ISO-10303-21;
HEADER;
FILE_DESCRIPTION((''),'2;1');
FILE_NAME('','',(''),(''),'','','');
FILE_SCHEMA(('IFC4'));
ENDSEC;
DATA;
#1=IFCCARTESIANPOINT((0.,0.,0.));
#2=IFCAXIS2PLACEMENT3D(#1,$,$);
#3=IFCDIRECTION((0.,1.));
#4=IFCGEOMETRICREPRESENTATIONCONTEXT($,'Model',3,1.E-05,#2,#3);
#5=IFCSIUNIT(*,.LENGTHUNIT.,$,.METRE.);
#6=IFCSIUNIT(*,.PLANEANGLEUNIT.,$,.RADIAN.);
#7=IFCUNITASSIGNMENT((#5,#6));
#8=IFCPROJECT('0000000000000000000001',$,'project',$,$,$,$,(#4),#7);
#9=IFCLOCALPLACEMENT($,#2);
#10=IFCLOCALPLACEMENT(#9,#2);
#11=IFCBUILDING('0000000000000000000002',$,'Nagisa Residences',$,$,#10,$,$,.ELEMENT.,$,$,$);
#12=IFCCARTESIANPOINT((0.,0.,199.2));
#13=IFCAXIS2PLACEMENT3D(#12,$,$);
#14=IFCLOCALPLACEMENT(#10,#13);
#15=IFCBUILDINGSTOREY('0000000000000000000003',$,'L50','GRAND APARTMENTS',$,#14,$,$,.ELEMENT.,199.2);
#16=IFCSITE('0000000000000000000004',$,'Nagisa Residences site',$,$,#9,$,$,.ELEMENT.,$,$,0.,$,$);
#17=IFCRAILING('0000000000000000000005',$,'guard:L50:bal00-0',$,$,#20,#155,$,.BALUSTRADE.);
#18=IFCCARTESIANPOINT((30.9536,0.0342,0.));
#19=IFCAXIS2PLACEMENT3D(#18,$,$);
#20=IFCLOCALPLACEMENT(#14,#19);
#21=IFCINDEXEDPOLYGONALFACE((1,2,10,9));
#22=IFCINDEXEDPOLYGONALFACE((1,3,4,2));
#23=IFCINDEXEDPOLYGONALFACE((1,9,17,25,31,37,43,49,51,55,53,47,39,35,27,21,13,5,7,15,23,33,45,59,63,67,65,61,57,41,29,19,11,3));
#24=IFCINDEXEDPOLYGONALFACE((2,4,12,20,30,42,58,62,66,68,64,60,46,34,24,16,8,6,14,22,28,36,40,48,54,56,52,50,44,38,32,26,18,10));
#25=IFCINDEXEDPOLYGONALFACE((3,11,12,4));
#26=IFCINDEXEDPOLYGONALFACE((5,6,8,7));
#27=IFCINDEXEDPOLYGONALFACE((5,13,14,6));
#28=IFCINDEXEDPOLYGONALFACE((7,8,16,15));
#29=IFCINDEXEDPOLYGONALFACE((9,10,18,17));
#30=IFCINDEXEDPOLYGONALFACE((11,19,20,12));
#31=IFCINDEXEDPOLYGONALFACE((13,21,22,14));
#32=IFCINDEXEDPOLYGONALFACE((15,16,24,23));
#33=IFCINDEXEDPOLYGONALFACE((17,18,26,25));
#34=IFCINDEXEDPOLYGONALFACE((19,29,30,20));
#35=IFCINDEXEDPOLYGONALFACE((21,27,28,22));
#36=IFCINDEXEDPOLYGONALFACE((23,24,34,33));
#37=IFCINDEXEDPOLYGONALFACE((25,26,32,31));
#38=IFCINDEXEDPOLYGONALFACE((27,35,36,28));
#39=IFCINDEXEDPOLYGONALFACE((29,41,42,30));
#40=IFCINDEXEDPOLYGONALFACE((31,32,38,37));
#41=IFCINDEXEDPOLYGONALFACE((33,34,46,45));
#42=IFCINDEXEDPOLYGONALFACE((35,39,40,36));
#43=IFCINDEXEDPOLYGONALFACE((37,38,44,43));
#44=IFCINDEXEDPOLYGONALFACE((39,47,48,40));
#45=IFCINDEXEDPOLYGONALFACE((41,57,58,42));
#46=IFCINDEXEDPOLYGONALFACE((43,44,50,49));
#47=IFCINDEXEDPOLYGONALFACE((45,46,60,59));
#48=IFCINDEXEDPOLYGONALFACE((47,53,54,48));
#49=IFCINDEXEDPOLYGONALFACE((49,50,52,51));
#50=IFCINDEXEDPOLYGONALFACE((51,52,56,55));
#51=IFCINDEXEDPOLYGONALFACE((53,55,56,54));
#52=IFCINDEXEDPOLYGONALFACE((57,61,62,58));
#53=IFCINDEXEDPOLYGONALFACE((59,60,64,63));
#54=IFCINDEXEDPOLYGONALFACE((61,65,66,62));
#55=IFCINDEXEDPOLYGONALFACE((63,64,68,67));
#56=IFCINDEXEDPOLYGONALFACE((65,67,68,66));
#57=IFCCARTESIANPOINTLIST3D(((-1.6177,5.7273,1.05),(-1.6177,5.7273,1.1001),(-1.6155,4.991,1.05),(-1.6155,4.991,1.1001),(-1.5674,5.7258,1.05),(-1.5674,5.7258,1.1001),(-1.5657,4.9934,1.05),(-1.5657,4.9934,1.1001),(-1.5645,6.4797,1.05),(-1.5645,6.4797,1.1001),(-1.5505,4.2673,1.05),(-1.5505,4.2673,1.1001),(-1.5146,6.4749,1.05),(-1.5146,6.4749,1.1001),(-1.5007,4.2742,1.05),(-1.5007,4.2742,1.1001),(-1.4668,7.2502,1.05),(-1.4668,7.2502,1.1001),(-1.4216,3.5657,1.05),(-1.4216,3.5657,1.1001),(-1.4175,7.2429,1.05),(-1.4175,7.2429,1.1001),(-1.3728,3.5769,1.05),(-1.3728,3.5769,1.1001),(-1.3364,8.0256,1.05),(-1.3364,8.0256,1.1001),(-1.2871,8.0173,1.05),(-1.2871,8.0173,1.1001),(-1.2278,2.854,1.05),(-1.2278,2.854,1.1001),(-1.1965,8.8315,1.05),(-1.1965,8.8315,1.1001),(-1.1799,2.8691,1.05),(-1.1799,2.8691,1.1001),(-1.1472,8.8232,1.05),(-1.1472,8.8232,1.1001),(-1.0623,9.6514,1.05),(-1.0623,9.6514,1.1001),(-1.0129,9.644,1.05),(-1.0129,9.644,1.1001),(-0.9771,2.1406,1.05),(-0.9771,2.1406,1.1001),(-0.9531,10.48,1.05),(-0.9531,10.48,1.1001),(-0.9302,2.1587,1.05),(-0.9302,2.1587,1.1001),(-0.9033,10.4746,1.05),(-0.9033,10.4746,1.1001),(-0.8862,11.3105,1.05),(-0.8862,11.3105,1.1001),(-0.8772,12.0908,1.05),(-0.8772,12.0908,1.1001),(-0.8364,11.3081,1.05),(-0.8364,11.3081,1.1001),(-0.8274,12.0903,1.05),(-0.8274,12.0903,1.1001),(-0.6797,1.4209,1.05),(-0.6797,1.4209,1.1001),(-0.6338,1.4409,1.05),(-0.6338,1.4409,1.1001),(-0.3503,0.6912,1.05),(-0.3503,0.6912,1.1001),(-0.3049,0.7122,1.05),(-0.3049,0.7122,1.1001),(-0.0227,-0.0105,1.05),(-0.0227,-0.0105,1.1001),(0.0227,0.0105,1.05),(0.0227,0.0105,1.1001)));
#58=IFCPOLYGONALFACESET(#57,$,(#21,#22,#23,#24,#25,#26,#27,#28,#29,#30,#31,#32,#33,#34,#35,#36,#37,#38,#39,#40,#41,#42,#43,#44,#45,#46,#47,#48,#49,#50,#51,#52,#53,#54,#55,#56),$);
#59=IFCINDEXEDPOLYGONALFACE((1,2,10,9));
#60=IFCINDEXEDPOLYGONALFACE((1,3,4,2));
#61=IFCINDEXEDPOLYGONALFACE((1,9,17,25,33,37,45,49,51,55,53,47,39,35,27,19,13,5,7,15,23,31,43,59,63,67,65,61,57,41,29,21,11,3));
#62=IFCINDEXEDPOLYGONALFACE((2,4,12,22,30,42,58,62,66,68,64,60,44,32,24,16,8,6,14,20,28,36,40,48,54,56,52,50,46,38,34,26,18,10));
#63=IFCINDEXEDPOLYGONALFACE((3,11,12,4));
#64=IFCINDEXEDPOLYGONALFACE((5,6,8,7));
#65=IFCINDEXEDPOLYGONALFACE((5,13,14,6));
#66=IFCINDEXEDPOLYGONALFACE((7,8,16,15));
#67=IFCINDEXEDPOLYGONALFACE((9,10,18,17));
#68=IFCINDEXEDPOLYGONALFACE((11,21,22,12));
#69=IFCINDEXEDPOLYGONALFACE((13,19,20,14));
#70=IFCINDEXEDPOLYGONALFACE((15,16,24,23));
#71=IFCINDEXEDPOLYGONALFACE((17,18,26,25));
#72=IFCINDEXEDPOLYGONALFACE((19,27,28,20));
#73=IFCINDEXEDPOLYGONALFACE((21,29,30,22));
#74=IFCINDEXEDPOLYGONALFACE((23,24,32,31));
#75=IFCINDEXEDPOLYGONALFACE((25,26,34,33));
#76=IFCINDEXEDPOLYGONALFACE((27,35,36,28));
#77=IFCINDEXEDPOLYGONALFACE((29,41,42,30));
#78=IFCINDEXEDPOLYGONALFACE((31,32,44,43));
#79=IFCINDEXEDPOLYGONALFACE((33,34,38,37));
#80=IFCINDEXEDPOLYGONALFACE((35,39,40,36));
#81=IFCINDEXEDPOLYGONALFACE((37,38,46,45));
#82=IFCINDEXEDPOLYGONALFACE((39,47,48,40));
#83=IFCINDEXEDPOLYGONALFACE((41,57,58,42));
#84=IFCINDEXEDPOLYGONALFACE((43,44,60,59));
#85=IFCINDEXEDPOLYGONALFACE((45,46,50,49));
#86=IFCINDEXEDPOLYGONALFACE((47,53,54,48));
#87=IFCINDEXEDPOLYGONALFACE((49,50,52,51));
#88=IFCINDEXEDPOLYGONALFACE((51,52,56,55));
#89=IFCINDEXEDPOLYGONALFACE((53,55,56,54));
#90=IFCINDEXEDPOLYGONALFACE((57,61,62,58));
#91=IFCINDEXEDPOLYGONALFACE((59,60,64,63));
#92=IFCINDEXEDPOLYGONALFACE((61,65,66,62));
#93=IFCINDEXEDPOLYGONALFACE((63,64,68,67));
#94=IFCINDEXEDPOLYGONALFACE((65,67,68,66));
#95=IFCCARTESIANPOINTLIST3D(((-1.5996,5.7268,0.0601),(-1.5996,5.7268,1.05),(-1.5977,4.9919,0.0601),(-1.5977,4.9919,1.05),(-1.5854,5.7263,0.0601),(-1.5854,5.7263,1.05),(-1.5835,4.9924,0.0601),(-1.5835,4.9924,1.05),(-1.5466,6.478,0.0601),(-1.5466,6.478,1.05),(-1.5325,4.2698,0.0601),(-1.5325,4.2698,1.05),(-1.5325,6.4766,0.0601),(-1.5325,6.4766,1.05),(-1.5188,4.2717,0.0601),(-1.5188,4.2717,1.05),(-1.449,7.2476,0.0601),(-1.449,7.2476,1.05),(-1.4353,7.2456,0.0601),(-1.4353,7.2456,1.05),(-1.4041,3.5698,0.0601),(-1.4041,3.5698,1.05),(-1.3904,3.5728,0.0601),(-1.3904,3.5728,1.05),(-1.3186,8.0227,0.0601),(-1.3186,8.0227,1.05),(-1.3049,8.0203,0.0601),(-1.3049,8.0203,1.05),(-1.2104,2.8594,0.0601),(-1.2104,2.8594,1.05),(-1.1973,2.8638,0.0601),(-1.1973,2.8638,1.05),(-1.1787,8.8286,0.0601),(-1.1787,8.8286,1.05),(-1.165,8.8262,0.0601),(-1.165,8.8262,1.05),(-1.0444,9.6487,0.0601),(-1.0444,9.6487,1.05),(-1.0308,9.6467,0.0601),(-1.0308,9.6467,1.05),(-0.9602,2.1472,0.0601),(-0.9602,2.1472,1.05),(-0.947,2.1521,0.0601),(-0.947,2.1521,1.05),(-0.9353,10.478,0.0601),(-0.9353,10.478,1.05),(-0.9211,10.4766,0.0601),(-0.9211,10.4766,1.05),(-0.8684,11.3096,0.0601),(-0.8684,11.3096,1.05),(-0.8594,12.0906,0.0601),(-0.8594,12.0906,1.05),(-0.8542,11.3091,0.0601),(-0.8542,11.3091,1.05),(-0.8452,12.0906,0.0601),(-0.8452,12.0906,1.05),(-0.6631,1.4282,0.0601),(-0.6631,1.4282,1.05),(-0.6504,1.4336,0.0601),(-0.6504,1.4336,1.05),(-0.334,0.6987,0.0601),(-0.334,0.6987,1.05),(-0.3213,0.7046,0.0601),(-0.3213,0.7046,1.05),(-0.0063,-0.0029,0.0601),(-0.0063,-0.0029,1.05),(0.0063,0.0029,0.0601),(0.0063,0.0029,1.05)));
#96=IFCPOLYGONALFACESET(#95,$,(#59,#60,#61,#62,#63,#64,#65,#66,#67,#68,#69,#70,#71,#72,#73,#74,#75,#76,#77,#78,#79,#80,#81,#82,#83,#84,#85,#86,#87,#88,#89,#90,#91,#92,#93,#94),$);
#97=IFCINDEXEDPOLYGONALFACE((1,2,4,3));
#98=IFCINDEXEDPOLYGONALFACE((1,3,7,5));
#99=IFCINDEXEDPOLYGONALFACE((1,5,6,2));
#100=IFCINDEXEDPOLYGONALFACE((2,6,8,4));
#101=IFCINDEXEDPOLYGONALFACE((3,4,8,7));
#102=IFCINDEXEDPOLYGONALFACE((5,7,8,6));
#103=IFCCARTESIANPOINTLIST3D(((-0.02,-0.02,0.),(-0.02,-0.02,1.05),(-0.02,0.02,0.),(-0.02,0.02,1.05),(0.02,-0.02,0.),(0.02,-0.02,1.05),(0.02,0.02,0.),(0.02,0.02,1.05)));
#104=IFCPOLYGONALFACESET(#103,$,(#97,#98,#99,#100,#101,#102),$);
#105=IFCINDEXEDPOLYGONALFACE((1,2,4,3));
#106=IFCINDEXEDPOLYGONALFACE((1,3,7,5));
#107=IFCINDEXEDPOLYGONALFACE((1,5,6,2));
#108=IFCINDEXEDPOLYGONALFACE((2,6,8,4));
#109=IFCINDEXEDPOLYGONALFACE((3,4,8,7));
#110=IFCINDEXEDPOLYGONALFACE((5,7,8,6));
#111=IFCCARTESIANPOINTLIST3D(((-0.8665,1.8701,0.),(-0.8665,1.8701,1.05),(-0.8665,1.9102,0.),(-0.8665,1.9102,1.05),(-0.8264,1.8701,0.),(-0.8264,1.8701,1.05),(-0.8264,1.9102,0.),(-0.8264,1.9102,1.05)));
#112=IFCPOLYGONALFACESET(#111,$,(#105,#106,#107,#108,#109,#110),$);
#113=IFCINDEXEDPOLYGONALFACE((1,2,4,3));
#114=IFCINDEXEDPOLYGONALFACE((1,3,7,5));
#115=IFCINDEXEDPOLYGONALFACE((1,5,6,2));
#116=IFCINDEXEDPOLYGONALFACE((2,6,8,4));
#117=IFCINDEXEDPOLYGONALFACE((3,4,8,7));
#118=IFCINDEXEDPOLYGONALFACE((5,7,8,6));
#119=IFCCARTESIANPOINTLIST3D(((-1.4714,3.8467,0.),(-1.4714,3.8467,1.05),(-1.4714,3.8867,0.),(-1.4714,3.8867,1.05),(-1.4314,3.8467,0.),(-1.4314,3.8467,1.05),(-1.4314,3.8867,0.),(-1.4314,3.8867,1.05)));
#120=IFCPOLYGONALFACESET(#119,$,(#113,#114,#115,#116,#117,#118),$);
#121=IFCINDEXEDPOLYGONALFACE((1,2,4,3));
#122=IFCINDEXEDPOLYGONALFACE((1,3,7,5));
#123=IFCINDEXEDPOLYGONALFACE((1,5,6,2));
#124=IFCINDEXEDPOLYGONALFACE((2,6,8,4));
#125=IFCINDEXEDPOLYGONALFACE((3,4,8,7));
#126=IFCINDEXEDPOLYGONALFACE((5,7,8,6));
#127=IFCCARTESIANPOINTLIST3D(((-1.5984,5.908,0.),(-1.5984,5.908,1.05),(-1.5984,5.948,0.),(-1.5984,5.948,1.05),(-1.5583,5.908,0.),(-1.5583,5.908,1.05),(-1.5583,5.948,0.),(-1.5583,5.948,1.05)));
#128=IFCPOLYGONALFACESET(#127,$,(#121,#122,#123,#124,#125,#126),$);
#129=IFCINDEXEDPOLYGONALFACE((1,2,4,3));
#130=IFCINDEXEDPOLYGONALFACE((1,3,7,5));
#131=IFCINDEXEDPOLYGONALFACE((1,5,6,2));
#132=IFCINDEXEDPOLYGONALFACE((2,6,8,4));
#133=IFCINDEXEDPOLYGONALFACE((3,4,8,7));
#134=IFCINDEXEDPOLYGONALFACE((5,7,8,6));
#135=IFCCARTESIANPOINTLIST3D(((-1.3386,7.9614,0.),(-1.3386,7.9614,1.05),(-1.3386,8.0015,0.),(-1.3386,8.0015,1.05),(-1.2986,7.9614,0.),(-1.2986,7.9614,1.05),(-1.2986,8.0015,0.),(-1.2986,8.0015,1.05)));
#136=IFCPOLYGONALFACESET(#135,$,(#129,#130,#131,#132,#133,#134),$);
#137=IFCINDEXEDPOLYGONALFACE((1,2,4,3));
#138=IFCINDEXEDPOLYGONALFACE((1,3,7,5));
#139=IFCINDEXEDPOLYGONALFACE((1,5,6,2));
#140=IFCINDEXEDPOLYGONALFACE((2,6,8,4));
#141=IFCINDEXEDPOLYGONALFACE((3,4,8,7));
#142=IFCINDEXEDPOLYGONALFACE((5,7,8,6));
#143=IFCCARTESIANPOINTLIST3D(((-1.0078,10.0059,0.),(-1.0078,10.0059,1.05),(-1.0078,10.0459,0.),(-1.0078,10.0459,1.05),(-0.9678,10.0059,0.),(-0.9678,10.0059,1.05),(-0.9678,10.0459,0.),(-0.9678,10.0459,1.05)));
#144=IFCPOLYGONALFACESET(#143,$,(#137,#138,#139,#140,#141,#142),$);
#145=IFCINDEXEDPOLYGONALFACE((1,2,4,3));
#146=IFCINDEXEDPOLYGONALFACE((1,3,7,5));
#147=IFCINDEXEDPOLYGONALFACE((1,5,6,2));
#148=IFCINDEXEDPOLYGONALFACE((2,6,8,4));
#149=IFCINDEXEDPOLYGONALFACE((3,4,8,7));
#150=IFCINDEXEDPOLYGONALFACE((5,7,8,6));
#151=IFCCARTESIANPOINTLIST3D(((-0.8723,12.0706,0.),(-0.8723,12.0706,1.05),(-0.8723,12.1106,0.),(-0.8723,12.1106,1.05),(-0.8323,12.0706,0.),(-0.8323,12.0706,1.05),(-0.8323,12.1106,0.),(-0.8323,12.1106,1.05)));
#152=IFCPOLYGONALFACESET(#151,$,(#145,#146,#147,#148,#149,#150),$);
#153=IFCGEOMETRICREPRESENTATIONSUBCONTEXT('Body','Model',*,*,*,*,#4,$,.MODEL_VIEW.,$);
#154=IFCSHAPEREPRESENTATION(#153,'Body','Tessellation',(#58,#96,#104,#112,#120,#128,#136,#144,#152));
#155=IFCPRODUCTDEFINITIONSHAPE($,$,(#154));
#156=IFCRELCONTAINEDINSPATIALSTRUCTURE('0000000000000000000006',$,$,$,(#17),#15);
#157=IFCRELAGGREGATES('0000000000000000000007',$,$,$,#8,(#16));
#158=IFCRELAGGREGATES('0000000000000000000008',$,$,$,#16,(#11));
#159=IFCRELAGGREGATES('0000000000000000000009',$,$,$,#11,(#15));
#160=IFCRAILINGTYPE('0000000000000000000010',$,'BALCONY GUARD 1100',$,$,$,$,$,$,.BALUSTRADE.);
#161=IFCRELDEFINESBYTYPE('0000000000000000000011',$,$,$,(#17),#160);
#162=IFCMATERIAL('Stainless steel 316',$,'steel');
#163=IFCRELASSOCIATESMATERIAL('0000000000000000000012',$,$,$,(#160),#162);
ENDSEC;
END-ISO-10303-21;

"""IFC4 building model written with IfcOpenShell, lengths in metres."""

from ifc_helpers import new_model, si_unit, direction, frame, origin, origin_2d, place, context, subcontext, project, spatial, polyline, rectangle, outline, extrude, material, type_object, element, save


model = new_model("IFC4")

# Units and contexts
model_context = context("Model", 3, precision=1e-05, world=origin(), true_north=direction((0.0, 1.0)))
body_context = subcontext(model_context, "Body", "Model", "MODEL_VIEW")
ifc_project = project(units=[si_unit("LENGTHUNIT", "METRE"), si_unit("PLANEANGLEUNIT", "RADIAN")], contexts=[model_context])

# Site, building, storey
site_placement = place(None, origin())
site = spatial("IfcSite", under=ifc_project, at=site_placement, Name="Nagisa Residences site", CompositionType="ELEMENT", RefElevation=0.0)
building_placement = place(site_placement, origin())
building = spatial("IfcBuilding", under=site, at=building_placement, Name="Nagisa Residences", CompositionType="ELEMENT")
storey_placement = place(building_placement, frame((0.0, 0.0, 199.2)))
storey = spatial("IfcBuildingStorey", under=building, at=storey_placement, Name="L50", Description="GRAND APARTMENTS", CompositionType="ELEMENT", Elevation=199.2)

# Railing
ifc_material_1 = material(Name="Stainless steel 316", Category="steel")
railing_type = type_object("IfcRailingType", Name="BALCONY GUARD 1100", PredefinedType="BALUSTRADE", material=ifc_material_1)
railing_1_placement = place(storey_placement, frame((30.9536, 0.0342, 0.0)))
element("IfcRailing", 1, at=railing_1_placement, inside=storey, type_object=railing_type, Name="guard:L50:bal00-0", PredefinedType="BALUSTRADE", context=body_context, shape_type="SweptSolid", body=[
    extrude(outline(polyline([(-0.3503, 0.6912), (-0.0227, -0.0105), (0.0227, 0.0105), (-0.3049, 0.7122), (-0.6338, 1.4409), (-0.9302, 2.1587), (-1.1799, 2.8691), (-1.3728, 3.5769), (-1.5007, 4.2742), (-1.5657, 4.9934), (-1.5674, 5.7258), (-1.5146, 6.4749), (-1.4175, 7.2429), (-1.2871, 8.0173), (-1.1472, 8.8232), (-1.0129, 9.644), (-0.9033, 10.4746), (-0.8364, 11.3081), (-0.8274, 12.0903), (-0.8772, 12.0908), (-0.8862, 11.3105), (-0.9531, 10.48), (-1.0623, 9.6514), (-1.1965, 8.8315), (-1.3364, 8.0256), (-1.4668, 7.2502), (-1.5645, 6.4797), (-1.6177, 5.7273), (-1.6155, 4.991), (-1.5505, 4.2673), (-1.4216, 3.5657), (-1.2278, 2.854), (-0.9771, 2.1406), (-0.6797, 1.4209), (-0.3503, 0.6912)])), frame((0.0, 0.0, 1.05)), (0.0, 0.0, 1.0), 0.05),
    extrude(outline(polyline([(-0.334, 0.6987), (-0.0063, -0.0029), (0.0063, 0.0029), (-0.3213, 0.7046), (-0.6504, 1.4336), (-0.947, 2.1521), (-1.1973, 2.8638), (-1.3904, 3.5728), (-1.5188, 4.2717), (-1.5835, 4.9924), (-1.5854, 5.7263), (-1.5325, 6.4766), (-1.4353, 7.2456), (-1.3049, 8.0203), (-1.165, 8.8262), (-1.0308, 9.6467), (-0.9211, 10.4766), (-0.8542, 11.3091), (-0.8452, 12.0906), (-0.8594, 12.0906), (-0.8684, 11.3096), (-0.9353, 10.478), (-1.0444, 9.6487), (-1.1787, 8.8286), (-1.3186, 8.0227), (-1.449, 7.2476), (-1.5466, 6.478), (-1.5996, 5.7268), (-1.5977, 4.9919), (-1.5325, 4.2698), (-1.4041, 3.5698), (-1.2104, 2.8594), (-0.9602, 2.1472), (-0.6631, 1.4282), (-0.334, 0.6987)])), frame((0.0, 0.0, 0.0601)), (0.0, 0.0, 1.0), 0.99),
    extrude(rectangle(XDim=0.04, YDim=0.04, at=origin_2d()), origin(), (0.0, 0.0, 1.0), 1.05),
    extrude(rectangle(XDim=0.04, YDim=0.04, at=origin_2d()), frame((-0.8464, 1.8901, 0.0)), (0.0, 0.0, 1.0), 1.05),
    extrude(rectangle(XDim=0.04, YDim=0.04, at=origin_2d()), frame((-1.4514, 3.8667, 0.0)), (0.0, 0.0, 1.0), 1.05),
    extrude(rectangle(XDim=0.04, YDim=0.04, at=origin_2d()), frame((-1.5784, 5.928, 0.0)), (0.0, 0.0, 1.0), 1.05),
    extrude(rectangle(XDim=0.04, YDim=0.04, at=origin_2d()), frame((-1.3186, 7.9814, 0.0)), (0.0, 0.0, 1.0), 1.05),
    extrude(rectangle(XDim=0.04, YDim=0.04, at=origin_2d()), frame((-0.9878, 10.0259, 0.0)), (0.0, 0.0, 1.0), 1.05),
    extrude(rectangle(XDim=0.04, YDim=0.04, at=origin_2d()), frame((-0.8523, 12.0906, 0.0)), (0.0, 0.0, 1.0), 1.05),
])

save(model, "model.ifc")
